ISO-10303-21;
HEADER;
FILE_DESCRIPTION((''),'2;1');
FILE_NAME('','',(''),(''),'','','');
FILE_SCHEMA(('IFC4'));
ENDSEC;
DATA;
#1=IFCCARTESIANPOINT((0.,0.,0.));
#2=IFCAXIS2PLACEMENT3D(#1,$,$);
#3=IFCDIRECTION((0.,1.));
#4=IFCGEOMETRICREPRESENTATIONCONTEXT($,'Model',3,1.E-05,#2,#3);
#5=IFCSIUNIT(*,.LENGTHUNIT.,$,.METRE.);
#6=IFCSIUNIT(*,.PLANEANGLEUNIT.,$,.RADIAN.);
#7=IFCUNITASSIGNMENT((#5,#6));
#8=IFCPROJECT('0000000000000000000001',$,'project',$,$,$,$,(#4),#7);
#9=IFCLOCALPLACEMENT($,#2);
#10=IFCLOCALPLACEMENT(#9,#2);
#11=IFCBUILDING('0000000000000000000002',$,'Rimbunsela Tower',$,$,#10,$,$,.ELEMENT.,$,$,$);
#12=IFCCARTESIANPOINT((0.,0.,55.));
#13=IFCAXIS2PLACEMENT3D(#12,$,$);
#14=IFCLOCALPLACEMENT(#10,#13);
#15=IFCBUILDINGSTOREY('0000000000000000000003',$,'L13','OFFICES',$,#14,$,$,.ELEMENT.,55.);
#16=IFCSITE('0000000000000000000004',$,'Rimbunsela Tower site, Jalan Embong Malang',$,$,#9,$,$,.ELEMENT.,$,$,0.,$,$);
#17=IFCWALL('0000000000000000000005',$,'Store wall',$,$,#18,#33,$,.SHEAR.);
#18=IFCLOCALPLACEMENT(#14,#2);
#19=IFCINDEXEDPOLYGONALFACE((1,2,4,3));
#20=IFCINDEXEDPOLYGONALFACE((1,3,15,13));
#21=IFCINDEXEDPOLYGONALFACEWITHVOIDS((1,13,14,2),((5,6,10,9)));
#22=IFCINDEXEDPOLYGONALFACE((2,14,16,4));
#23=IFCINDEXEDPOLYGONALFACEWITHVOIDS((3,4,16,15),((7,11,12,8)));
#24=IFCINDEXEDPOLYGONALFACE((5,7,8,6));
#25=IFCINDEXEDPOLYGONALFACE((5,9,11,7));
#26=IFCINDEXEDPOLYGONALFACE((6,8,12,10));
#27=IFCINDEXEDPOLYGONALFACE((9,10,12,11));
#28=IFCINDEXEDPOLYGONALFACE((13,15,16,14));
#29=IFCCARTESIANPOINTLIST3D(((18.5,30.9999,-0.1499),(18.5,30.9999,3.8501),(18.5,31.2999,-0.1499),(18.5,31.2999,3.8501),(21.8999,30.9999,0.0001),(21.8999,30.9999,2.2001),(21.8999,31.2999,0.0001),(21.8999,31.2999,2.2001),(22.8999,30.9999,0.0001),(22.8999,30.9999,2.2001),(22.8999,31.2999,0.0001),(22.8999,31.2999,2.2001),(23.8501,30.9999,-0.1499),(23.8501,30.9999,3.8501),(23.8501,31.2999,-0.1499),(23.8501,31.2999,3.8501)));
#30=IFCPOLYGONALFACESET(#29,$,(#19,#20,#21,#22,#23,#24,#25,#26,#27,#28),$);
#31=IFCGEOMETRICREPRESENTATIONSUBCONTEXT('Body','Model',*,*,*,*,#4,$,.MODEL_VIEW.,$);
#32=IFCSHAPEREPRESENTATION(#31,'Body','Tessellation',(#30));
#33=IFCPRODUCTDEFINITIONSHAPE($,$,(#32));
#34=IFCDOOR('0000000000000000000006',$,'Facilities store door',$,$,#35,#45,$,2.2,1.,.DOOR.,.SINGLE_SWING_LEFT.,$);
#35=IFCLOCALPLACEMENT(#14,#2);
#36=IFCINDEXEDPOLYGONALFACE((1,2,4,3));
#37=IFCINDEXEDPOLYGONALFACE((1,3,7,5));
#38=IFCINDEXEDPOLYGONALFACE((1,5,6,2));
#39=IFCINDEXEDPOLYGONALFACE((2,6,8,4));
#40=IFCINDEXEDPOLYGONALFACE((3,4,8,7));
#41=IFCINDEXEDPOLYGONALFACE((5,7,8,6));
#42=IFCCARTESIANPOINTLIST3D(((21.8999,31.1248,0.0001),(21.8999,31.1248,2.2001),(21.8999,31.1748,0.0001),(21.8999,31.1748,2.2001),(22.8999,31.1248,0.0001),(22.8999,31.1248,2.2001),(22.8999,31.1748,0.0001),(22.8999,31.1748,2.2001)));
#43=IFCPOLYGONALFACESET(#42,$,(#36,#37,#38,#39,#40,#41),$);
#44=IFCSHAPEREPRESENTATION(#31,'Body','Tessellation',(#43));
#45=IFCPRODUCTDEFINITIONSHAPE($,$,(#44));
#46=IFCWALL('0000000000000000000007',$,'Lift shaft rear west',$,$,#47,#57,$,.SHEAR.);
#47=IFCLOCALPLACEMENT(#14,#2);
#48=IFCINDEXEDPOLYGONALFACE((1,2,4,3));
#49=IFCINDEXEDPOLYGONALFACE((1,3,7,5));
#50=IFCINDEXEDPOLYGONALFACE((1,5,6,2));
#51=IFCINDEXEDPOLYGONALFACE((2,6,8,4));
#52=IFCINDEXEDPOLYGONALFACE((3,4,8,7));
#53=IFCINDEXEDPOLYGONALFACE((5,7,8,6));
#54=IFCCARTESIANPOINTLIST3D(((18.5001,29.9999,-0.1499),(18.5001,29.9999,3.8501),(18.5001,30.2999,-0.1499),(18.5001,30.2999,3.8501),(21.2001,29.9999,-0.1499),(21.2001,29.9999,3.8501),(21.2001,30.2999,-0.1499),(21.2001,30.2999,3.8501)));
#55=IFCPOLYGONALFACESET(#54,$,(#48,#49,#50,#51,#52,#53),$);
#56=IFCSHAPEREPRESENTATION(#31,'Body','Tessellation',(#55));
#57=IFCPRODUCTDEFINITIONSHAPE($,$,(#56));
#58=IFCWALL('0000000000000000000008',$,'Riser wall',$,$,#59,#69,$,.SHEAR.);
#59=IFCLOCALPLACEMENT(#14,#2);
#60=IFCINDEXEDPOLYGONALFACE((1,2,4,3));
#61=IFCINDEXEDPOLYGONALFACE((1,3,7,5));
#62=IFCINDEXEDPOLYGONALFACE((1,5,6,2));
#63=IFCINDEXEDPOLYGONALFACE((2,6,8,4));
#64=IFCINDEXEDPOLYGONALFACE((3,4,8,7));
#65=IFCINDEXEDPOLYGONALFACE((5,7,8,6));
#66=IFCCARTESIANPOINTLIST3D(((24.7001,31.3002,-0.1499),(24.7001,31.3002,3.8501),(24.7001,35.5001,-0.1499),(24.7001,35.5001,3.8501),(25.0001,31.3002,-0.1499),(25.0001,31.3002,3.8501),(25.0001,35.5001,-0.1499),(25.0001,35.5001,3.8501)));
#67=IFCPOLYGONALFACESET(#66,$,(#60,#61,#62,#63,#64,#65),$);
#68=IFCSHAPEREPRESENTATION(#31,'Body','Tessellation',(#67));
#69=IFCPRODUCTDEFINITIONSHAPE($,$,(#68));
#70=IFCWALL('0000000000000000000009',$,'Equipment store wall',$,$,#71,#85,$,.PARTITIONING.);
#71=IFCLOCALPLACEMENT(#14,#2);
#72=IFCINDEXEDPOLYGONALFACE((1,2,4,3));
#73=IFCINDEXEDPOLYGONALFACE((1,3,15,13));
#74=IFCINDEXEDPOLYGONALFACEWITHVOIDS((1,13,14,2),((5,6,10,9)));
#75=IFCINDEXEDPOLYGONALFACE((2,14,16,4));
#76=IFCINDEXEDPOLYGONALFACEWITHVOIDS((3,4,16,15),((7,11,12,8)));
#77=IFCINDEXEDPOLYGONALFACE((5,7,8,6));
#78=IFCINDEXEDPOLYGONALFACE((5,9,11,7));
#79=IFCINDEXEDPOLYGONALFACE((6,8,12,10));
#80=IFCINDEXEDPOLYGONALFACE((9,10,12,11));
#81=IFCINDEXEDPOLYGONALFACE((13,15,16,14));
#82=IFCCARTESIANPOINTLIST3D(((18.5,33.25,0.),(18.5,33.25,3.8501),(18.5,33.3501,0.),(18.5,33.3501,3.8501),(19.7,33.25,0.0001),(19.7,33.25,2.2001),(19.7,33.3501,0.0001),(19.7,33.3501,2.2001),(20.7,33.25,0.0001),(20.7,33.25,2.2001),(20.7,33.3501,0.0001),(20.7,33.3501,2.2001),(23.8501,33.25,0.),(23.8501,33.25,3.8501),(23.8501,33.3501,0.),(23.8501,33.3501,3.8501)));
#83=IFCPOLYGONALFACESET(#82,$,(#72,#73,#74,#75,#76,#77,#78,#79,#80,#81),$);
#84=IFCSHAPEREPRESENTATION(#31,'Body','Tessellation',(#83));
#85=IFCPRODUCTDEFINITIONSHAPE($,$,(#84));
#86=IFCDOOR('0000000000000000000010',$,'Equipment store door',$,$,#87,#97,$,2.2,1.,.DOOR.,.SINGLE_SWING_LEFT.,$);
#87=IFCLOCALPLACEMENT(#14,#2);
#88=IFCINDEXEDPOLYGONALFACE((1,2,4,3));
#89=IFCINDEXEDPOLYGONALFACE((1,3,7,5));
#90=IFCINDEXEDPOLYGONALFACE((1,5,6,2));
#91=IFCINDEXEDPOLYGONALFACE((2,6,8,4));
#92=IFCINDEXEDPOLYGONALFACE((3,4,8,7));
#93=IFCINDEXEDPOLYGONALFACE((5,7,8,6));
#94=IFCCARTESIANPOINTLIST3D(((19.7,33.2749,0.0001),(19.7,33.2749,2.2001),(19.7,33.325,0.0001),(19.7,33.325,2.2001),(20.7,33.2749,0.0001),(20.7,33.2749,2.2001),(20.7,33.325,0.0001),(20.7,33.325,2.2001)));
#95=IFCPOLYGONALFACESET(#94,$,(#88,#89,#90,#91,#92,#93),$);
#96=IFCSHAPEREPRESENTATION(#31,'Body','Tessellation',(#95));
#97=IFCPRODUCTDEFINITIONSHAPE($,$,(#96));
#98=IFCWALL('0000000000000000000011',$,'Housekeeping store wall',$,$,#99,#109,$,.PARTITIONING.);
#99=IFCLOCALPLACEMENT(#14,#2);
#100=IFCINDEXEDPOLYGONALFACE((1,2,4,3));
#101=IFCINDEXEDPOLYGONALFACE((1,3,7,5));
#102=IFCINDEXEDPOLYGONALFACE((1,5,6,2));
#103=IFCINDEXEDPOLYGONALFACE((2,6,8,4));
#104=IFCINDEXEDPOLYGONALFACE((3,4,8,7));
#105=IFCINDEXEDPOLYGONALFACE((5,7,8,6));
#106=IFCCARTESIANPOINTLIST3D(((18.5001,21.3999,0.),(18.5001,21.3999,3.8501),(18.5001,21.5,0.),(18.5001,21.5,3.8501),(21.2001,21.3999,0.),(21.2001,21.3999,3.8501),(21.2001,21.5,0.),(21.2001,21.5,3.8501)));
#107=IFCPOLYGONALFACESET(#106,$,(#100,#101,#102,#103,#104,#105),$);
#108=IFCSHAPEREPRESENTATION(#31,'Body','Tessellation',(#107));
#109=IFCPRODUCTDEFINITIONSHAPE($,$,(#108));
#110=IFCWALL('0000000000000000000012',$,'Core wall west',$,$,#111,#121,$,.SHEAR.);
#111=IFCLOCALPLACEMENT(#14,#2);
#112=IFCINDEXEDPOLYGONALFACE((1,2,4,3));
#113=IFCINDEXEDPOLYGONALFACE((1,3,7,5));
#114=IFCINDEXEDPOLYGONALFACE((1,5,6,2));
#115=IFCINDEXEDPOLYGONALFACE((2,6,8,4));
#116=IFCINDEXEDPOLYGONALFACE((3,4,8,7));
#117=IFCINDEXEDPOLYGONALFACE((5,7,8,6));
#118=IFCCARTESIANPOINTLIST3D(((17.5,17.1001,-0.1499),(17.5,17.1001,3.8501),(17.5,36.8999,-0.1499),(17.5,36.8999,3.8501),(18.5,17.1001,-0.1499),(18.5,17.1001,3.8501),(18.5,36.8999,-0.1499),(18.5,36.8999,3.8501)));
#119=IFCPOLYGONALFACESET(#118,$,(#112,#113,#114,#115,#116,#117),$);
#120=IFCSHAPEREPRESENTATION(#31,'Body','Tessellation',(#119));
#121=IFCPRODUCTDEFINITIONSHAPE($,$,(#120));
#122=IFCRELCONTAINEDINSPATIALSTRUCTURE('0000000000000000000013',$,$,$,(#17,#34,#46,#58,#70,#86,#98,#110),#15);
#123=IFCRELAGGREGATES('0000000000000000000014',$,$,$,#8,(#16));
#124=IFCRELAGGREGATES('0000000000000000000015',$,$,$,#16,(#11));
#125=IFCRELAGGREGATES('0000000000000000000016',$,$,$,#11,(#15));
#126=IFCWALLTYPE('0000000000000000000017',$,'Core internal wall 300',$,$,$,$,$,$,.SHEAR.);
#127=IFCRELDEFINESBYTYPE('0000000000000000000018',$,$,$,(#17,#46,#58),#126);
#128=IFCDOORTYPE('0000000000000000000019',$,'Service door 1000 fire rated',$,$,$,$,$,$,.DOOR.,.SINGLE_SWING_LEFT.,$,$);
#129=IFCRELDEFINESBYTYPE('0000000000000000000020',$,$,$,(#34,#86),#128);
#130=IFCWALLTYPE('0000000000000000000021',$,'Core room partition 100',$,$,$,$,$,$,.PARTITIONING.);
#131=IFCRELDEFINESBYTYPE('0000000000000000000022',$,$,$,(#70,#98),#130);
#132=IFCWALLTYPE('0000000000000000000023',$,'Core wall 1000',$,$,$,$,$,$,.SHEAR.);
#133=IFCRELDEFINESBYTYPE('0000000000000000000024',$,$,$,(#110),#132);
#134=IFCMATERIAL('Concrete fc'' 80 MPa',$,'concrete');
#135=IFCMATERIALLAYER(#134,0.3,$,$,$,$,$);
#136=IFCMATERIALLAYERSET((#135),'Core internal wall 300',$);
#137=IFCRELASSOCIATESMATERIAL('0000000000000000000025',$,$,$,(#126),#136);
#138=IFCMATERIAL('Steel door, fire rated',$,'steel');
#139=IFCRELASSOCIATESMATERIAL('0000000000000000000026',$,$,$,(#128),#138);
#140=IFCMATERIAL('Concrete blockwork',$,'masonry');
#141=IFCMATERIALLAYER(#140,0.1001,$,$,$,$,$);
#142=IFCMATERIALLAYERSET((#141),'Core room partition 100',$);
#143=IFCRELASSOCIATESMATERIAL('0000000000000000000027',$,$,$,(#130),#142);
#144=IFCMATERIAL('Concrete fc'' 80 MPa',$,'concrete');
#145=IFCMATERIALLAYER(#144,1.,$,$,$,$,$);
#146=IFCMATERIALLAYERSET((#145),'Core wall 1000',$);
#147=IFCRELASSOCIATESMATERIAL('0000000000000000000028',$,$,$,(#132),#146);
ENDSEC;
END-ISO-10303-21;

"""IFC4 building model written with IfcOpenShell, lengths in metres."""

from ifc_helpers import new_model, si_unit, direction, frame, frame_2d, origin, place, context, subcontext, project, spatial, rectangle, extrude, material, layer, layer_set, type_object, element, fill, save


model = new_model("IFC4")

# Units and contexts
model_context = context("Model", 3, precision=1e-05, world=origin(), true_north=direction((0.0, 1.0)))
body_context = subcontext(model_context, "Body", "Model", "MODEL_VIEW")
ifc_project = project(units=[si_unit("LENGTHUNIT", "METRE"), si_unit("PLANEANGLEUNIT", "RADIAN")], contexts=[model_context])

# Site, building, storey
site_placement = place(None, origin())
site = spatial("IfcSite", under=ifc_project, at=site_placement, Name="Rimbunsela Tower site, Jalan Embong Malang", CompositionType="ELEMENT", RefElevation=0.0)
building_placement = place(site_placement, origin())
building = spatial("IfcBuilding", under=site, at=building_placement, Name="Rimbunsela Tower", CompositionType="ELEMENT")
storey_placement = place(building_placement, frame((0.0, 0.0, 55.0)))
storey = spatial("IfcBuildingStorey", under=building, at=storey_placement, Name="L13", Description="OFFICES", CompositionType="ELEMENT", Elevation=55.0)

# Shared definitions
ifc_material_1 = material(Name="Concrete fc' 80 MPa", Category="concrete")
ifc_layer_1 = layer(ifc_material_1, 0.3)
ifc_layer_set_1 = layer_set([ifc_layer_1], Name="Core internal wall 300")
wall_type_1 = type_object("IfcWallType", Name="Core internal wall 300", PredefinedType="SHEAR", material=ifc_layer_set_1)

# Wall, opening, door
ifc_material_2 = material(Name="Steel door, fire rated", Category="steel")
door_type_1 = type_object("IfcDoorType", Name="Service door 1000 fire rated", OperationType="SINGLE_SWING_LEFT", PredefinedType="DOOR", material=ifc_material_2)
wall_1_placement = place(storey_placement, frame((18.5, 31.1499, -0.1499), z_axis=(0.0, 0.0, 1.0), x_axis=(1.0, 0.0, 0.0)))
wall_1 = element("IfcWall", 1, at=wall_1_placement, inside=storey, type_object=wall_type_1, Name="Store wall", PredefinedType="SHEAR", context=body_context, shape_type="SweptSolid", body=[
    extrude(rectangle(XDim=5.3501, YDim=0.3, at=frame_2d((2.675, 0.0))), origin(), (0.0, 0.0, 1.0), 4.0),
])
opening_1_placement = place(wall_1_placement, frame((3.3999, 0.0, 0.1499)))
opening_1 = element("IfcOpeningElement", 2, at=opening_1_placement, cuts=wall_1, PredefinedType="OPENING", context=body_context, shape_type="SweptSolid", body=[
    extrude(rectangle(XDim=1.0, YDim=2.2, at=frame_2d((0.5, 1.1001))), frame((0.0, 0.1599, 0.0), z_axis=(0.0, -1.0, 0.0), x_axis=(1.0, 0.0, 0.0)), (0.0, 0.0, 1.0), 0.3201),
])
door_1_placement = place(opening_1_placement, origin())
door_1 = element("IfcDoor", 3, at=door_1_placement, inside=storey, type_object=door_type_1, Name="Facilities store door", OperationType="SINGLE_SWING_LEFT", OverallHeight=2.2, OverallWidth=1.0, PredefinedType="DOOR", context=body_context, shape_type="SweptSolid", body=[
    extrude(rectangle(XDim=1.0, YDim=2.2, at=frame_2d((0.5, 1.1001))), frame((0.0, 0.0249, 0.0), z_axis=(0.0, -1.0, 0.0), x_axis=(1.0, 0.0, 0.0)), (0.0, 0.0, 1.0), 0.05),
])
fill(opening_1, door_1)

# Walls
wall_2_placement = place(storey_placement, frame((18.5, 30.1499, -0.1499), z_axis=(0.0, 0.0, 1.0), x_axis=(1.0, 0.0, 0.0)))
element("IfcWall", 4, at=wall_2_placement, inside=storey, type_object=wall_type_1, Name="Lift shaft rear west", PredefinedType="SHEAR", context=body_context, shape_type="SweptSolid", body=[
    extrude(rectangle(XDim=2.7, YDim=0.3, at=frame_2d((1.3501, 0.0))), origin(), (0.0, 0.0, 1.0), 4.0),
])
wall_3_placement = place(storey_placement, frame((24.8501, 31.3, -0.1499), z_axis=(0.0, 0.0, 1.0), x_axis=(0.0, 1.0, 0.0)))
element("IfcWall", 5, at=wall_3_placement, inside=storey, type_object=wall_type_1, Name="Riser wall", PredefinedType="SHEAR", context=body_context, shape_type="SweptSolid", body=[
    extrude(rectangle(XDim=4.2, YDim=0.3, at=frame_2d((2.1001, 0.0))), origin(), (0.0, 0.0, 1.0), 4.0),
])

# Wall, opening, door
ifc_material_3 = material(Name="Concrete blockwork", Category="masonry")
ifc_layer_2 = layer(ifc_material_3, 0.1001)
ifc_layer_set_2 = layer_set([ifc_layer_2], Name="Core room partition 100")
wall_type_2 = type_object("IfcWallType", Name="Core room partition 100", PredefinedType="PARTITIONING", material=ifc_layer_set_2)
wall_4_placement = place(storey_placement, frame((18.5, 33.3, 0.0), z_axis=(0.0, 0.0, 1.0), x_axis=(1.0, 0.0, 0.0)))
wall_4 = element("IfcWall", 6, at=wall_4_placement, inside=storey, type_object=wall_type_2, Name="Equipment store wall", PredefinedType="PARTITIONING", context=body_context, shape_type="SweptSolid", body=[
    extrude(rectangle(XDim=5.3501, YDim=0.1001, at=frame_2d((2.675, 0.0))), origin(), (0.0, 0.0, 1.0), 3.8501),
])
opening_2_placement = place(wall_4_placement, frame((1.2, 0.0, 0.0)))
opening_2 = element("IfcOpeningElement", 7, at=opening_2_placement, cuts=wall_4, PredefinedType="OPENING", context=body_context, shape_type="SweptSolid", body=[
    extrude(rectangle(XDim=1.0, YDim=2.2, at=frame_2d((0.5, 1.1001))), frame((0.0, 0.0601, 0.0), z_axis=(0.0, -1.0, 0.0), x_axis=(1.0, 0.0, 0.0)), (0.0, 0.0, 1.0), 0.1201),
])
door_2_placement = place(opening_2_placement, origin())
door_2 = element("IfcDoor", 8, at=door_2_placement, inside=storey, type_object=door_type_1, Name="Equipment store door", OperationType="SINGLE_SWING_LEFT", OverallHeight=2.2, OverallWidth=1.0, PredefinedType="DOOR", context=body_context, shape_type="SweptSolid", body=[
    extrude(rectangle(XDim=1.0, YDim=2.2, at=frame_2d((0.5, 1.1001))), frame((0.0, 0.0249, 0.0), z_axis=(0.0, -1.0, 0.0), x_axis=(1.0, 0.0, 0.0)), (0.0, 0.0, 1.0), 0.05),
])
fill(opening_2, door_2)

# Walls
wall_5_placement = place(storey_placement, frame((18.5, 21.45, 0.0), z_axis=(0.0, 0.0, 1.0), x_axis=(1.0, 0.0, 0.0)))
element("IfcWall", 9, at=wall_5_placement, inside=storey, type_object=wall_type_2, Name="Housekeeping store wall", PredefinedType="PARTITIONING", context=body_context, shape_type="SweptSolid", body=[
    extrude(rectangle(XDim=2.7, YDim=0.1001, at=frame_2d((1.3501, 0.0))), origin(), (0.0, 0.0, 1.0), 3.8501),
])
ifc_material_4 = material(Name="Concrete fc' 80 MPa", Category="concrete")
ifc_layer_3 = layer(ifc_material_4, 1.0)
ifc_layer_set_3 = layer_set([ifc_layer_3], Name="Core wall 1000")
wall_type_3 = type_object("IfcWallType", Name="Core wall 1000", PredefinedType="SHEAR", material=ifc_layer_set_3)
wall_6_placement = place(storey_placement, frame((18.0, 17.1001, -0.1499), z_axis=(0.0, 0.0, 1.0), x_axis=(0.0, 1.0, 0.0)))
element("IfcWall", 10, at=wall_6_placement, inside=storey, type_object=wall_type_3, Name="Core wall west", PredefinedType="SHEAR", context=body_context, shape_type="SweptSolid", body=[
    extrude(rectangle(XDim=19.7998, YDim=1.0, at=frame_2d((9.8999, 0.0))), origin(), (0.0, 0.0, 1.0), 4.0),
])

save(model, "model.ifc")
